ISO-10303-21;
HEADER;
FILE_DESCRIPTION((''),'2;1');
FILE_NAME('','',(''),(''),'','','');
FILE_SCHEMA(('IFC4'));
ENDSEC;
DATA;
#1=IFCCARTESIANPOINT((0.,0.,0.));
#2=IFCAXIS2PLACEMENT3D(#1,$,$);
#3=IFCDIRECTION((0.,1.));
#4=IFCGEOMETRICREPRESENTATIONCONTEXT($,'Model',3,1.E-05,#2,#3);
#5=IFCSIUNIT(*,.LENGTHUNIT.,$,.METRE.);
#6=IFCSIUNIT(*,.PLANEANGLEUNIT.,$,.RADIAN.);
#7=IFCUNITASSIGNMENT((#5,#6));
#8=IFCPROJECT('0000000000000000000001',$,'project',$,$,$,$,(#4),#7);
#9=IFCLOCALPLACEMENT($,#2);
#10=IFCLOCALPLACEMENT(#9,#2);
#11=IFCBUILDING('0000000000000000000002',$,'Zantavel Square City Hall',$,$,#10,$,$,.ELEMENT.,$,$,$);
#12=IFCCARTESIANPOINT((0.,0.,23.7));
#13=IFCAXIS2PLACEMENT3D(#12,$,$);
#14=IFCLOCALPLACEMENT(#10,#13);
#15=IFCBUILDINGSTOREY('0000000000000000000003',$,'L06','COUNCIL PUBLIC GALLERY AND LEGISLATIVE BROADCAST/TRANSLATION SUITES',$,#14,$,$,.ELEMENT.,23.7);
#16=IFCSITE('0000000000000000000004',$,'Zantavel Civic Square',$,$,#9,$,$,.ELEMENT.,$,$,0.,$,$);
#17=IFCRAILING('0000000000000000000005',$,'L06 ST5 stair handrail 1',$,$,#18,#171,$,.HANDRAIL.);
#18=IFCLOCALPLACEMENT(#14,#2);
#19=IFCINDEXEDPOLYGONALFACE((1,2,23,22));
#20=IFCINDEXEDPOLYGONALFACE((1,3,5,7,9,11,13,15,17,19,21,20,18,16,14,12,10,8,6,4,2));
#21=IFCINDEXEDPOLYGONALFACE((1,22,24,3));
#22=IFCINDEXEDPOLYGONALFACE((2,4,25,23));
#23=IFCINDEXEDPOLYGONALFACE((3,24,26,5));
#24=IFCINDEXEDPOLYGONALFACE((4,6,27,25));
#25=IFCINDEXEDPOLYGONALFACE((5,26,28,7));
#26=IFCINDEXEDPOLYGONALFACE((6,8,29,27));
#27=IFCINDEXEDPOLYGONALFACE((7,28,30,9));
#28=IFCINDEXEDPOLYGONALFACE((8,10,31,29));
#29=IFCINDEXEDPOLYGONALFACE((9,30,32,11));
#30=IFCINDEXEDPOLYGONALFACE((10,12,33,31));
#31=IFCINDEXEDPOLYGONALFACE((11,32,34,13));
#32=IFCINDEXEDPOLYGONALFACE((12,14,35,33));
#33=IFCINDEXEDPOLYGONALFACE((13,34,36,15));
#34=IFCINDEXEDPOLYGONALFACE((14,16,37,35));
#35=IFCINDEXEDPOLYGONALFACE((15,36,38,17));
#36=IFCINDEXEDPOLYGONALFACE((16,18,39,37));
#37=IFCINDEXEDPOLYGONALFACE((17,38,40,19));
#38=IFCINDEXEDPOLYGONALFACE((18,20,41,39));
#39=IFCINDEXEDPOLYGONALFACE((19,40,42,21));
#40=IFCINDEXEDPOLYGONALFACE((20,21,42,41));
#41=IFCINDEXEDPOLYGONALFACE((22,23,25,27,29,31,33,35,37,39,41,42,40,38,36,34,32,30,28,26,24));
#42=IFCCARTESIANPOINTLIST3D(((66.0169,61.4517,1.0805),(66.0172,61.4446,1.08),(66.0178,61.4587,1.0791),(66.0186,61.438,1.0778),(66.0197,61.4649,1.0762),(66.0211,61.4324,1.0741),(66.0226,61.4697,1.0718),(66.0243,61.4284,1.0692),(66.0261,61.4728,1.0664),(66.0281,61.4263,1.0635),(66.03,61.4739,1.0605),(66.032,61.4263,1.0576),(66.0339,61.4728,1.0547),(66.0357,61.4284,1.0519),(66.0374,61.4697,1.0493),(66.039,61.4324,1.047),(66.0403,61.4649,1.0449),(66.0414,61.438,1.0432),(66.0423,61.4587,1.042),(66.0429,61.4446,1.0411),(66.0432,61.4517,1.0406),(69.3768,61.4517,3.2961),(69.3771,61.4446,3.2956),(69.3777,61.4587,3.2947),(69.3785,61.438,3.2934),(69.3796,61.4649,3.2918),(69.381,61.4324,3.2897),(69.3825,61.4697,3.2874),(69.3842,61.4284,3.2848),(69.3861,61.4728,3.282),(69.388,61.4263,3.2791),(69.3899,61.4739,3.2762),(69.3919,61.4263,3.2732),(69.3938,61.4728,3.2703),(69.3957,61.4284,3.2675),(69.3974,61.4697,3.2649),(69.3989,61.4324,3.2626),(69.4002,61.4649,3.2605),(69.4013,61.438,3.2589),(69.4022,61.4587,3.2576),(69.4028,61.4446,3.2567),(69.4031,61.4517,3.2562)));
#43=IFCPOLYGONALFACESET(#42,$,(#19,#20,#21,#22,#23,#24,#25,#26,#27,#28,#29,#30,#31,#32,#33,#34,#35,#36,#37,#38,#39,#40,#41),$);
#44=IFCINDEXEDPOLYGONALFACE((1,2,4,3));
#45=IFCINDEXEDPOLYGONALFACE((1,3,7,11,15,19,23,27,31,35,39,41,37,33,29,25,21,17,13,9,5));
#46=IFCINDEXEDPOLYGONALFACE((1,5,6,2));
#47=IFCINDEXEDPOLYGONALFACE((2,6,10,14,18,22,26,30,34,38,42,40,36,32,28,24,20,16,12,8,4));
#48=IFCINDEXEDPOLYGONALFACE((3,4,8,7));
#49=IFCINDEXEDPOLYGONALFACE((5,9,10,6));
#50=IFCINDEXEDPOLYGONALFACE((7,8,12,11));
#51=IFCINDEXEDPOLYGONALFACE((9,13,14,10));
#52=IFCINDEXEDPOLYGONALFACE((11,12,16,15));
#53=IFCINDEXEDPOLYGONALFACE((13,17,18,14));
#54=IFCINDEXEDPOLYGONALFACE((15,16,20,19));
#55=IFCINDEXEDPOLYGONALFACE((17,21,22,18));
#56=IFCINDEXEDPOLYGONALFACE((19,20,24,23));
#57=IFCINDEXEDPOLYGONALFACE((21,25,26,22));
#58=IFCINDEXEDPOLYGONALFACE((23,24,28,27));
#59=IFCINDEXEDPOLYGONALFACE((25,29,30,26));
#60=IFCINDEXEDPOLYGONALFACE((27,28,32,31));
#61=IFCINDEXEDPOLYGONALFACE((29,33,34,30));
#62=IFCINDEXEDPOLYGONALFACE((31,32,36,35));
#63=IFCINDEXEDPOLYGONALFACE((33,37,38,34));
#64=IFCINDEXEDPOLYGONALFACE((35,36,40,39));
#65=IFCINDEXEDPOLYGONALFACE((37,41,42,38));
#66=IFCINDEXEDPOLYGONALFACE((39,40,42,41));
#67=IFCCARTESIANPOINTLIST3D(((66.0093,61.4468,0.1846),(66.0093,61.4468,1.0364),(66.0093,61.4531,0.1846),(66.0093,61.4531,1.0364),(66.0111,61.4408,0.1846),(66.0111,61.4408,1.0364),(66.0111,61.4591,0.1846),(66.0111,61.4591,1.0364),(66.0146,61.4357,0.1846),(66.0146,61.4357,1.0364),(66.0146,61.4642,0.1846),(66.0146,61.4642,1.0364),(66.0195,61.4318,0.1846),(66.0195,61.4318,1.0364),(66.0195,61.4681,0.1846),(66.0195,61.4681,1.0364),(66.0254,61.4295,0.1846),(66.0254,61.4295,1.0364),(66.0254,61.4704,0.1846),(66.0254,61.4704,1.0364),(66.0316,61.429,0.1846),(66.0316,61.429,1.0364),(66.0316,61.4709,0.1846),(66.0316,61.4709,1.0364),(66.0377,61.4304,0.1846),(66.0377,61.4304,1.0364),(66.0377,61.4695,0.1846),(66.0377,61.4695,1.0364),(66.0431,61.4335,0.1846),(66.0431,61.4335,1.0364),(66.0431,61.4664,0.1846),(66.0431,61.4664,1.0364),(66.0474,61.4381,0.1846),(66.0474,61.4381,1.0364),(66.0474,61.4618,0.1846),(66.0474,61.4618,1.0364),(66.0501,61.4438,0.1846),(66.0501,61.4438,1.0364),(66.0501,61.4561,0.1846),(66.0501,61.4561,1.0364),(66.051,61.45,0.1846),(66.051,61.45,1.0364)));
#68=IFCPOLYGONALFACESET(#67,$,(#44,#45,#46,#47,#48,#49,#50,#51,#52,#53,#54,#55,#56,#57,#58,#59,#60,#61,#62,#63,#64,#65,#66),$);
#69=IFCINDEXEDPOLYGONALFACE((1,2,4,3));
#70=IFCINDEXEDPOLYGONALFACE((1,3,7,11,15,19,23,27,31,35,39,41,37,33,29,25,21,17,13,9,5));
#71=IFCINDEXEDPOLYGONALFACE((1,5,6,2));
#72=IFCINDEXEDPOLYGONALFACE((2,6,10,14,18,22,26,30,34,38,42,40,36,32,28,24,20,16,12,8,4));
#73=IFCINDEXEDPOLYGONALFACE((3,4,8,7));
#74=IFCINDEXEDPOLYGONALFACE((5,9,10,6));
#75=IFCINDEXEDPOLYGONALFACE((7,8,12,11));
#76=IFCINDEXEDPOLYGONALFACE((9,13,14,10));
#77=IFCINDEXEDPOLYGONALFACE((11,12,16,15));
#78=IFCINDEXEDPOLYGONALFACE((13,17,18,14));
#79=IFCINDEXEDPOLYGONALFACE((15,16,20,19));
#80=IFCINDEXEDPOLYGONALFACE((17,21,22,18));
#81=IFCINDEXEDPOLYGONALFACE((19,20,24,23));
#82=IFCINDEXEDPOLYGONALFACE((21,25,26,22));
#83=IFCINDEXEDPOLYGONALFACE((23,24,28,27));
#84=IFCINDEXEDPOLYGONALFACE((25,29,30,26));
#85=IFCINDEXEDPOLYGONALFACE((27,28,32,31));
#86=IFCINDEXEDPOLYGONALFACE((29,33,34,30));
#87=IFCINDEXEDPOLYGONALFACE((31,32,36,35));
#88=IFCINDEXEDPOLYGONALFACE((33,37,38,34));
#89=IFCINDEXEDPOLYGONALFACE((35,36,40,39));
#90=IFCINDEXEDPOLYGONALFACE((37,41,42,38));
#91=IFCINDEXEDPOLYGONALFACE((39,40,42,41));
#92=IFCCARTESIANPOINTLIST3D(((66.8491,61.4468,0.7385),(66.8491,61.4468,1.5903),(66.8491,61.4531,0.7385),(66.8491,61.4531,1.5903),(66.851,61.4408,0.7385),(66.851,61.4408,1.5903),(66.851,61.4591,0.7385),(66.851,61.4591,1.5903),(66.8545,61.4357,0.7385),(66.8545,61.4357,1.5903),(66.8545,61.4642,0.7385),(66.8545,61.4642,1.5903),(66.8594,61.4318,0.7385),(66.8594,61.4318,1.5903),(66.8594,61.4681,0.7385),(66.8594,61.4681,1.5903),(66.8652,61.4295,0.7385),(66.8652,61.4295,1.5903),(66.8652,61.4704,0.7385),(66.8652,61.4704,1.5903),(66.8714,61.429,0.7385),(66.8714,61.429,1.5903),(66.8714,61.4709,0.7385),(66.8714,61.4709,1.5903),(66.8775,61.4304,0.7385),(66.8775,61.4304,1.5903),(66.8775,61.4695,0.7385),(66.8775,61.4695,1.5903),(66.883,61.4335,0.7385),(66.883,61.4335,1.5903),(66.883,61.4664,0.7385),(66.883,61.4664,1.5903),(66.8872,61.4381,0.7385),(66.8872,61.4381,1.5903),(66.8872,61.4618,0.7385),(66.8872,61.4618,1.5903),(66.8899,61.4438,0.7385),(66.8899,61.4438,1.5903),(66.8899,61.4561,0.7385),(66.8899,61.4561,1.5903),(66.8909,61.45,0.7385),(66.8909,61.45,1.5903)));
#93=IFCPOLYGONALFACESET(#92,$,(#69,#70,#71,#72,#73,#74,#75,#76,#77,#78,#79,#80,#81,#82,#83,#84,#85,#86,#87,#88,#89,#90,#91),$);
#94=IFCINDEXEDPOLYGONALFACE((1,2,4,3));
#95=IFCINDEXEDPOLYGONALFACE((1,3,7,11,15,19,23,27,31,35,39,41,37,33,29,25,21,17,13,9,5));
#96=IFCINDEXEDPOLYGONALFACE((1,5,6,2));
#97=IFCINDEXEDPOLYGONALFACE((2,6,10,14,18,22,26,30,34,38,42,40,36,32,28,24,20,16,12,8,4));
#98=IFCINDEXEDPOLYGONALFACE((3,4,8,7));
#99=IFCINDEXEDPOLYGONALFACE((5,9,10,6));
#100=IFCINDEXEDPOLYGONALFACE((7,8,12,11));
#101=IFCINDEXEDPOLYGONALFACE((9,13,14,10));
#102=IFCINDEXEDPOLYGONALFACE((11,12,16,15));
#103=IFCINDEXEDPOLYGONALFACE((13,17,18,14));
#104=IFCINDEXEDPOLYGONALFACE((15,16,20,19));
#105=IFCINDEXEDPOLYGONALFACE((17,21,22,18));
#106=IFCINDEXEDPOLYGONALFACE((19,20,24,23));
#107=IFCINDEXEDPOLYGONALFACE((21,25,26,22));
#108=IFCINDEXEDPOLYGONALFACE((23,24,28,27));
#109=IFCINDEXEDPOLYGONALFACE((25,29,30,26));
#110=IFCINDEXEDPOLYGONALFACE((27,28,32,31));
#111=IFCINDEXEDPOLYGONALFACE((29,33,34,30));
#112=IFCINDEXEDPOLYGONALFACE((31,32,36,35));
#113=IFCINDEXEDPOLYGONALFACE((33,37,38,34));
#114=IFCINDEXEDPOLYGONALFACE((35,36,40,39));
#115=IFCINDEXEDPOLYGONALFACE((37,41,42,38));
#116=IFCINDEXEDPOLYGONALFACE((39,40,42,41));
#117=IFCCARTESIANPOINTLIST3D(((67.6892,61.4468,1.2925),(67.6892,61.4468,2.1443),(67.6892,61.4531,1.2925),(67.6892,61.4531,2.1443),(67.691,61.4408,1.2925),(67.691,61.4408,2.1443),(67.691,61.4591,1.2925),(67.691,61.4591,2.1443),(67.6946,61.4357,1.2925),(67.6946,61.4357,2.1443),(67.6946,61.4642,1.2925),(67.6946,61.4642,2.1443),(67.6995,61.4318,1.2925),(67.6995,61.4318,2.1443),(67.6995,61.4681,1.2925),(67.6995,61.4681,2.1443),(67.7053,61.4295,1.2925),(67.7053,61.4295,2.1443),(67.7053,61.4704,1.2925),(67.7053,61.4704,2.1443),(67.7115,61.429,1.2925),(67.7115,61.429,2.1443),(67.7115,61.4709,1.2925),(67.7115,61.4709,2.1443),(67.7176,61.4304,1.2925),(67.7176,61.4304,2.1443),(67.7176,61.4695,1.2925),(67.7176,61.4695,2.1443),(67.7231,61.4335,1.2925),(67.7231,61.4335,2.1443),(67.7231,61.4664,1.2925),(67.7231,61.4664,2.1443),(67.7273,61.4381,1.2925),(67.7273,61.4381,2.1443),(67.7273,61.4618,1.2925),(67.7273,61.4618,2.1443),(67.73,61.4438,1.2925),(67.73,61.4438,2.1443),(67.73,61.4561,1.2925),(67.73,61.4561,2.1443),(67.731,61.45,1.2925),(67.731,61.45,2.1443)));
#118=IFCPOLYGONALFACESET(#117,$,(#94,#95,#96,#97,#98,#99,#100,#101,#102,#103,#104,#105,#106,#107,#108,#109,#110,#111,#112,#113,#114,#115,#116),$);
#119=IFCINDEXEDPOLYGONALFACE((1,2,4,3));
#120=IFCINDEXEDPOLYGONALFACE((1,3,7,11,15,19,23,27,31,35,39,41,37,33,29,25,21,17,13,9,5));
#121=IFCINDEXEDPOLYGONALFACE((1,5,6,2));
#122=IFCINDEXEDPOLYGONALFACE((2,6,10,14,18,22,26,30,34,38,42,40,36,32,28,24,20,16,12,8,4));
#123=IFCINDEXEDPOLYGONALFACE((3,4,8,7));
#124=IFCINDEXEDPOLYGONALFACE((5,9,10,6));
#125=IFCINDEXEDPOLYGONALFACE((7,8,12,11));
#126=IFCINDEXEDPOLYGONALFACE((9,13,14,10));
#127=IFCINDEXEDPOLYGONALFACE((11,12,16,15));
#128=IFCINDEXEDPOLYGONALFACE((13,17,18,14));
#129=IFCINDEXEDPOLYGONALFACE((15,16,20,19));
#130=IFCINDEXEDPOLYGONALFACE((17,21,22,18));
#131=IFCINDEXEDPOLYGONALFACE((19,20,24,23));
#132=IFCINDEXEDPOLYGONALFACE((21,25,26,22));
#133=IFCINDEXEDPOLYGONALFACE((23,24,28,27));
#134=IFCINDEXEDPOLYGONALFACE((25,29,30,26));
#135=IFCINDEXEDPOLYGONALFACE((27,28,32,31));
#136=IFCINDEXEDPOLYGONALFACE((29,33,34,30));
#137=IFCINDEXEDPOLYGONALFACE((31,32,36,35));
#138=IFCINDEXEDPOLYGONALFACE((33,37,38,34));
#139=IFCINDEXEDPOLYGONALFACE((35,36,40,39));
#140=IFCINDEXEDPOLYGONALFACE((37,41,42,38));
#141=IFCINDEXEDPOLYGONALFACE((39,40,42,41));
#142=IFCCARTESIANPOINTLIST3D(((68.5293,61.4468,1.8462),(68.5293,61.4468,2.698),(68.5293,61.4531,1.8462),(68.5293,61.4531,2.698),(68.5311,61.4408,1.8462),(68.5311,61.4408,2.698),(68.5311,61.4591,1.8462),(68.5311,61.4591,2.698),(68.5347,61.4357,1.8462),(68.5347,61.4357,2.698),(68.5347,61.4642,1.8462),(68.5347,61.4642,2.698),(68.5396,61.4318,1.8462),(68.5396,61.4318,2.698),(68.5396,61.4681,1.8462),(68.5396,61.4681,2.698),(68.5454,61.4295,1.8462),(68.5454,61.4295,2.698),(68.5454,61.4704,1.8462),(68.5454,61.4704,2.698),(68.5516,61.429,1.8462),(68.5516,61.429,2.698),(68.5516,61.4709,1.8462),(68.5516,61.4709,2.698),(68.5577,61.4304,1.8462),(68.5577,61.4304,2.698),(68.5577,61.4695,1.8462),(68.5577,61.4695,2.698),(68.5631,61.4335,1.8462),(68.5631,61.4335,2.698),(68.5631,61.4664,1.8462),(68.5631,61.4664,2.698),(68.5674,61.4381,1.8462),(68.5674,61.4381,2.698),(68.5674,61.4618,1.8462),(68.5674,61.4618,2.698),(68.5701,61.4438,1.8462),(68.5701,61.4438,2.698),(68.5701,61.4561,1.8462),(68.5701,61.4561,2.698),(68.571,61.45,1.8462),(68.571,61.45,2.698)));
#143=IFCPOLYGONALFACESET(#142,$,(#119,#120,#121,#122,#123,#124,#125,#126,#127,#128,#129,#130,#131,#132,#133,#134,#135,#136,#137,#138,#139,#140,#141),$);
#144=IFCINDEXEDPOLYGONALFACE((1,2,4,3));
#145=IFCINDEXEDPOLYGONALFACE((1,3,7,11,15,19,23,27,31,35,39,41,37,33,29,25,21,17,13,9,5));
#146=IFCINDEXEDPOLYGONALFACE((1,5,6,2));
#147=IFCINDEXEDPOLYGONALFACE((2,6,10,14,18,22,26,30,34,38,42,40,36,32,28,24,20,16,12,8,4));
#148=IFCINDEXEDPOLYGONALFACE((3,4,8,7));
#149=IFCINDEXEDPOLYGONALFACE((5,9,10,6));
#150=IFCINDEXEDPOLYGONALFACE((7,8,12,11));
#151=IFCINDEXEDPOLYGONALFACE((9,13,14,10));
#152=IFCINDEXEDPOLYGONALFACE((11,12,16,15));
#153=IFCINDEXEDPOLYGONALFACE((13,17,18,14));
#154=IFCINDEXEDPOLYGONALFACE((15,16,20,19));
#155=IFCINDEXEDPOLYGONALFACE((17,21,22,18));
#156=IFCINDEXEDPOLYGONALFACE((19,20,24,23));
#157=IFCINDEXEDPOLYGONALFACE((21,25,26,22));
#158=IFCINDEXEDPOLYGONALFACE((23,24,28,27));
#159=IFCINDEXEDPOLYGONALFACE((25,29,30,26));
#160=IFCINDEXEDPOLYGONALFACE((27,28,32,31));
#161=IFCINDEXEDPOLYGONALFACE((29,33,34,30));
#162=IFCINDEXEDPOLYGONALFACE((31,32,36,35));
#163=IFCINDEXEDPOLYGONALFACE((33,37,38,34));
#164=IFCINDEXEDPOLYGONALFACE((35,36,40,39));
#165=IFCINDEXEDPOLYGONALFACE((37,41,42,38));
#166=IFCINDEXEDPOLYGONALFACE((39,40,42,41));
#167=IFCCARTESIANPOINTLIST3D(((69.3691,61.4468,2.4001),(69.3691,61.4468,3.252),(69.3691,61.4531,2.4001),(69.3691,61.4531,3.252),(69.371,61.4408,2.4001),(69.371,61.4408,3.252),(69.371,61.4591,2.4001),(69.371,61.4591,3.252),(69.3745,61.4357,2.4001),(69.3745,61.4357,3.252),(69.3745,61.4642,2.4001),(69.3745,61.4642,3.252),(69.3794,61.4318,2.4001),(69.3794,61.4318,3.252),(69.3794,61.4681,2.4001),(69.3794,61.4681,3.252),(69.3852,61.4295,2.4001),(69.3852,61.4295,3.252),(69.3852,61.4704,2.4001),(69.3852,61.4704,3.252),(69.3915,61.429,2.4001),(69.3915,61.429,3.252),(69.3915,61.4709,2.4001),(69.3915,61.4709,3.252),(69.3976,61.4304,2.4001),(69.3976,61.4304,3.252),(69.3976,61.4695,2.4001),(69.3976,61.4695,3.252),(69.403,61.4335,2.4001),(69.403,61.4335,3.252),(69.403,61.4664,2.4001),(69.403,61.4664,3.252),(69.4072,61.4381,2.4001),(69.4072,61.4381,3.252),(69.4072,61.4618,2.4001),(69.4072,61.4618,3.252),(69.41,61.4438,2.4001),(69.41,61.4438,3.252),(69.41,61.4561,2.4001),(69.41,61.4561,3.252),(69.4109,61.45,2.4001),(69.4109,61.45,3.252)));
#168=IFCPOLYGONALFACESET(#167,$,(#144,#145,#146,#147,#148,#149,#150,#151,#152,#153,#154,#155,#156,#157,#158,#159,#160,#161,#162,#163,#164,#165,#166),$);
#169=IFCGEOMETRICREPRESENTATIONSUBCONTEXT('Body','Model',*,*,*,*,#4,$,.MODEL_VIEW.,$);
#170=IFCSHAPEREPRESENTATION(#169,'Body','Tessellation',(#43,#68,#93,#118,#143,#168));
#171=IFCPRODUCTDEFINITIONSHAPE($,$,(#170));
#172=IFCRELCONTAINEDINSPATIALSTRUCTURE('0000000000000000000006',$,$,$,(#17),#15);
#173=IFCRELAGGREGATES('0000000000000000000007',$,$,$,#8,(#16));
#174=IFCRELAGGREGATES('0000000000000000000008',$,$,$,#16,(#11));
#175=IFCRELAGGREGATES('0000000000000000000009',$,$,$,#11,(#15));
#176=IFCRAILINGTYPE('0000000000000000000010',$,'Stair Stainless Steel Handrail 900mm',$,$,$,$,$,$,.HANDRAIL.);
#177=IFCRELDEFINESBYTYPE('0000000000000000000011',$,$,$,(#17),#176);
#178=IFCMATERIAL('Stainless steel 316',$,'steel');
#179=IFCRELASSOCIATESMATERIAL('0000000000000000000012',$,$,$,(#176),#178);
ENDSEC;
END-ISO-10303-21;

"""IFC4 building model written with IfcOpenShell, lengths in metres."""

from ifc_helpers import new_model, si_unit, direction, frame, origin, origin_2d, place, context, subcontext, project, spatial, circle, extrude, material, type_object, element, save


model = new_model("IFC4")

# Units and contexts
model_context = context("Model", 3, precision=1e-05, world=origin(), true_north=direction((0.0, 1.0)))
body_context = subcontext(model_context, "Body", "Model", "MODEL_VIEW")
ifc_project = project(units=[si_unit("LENGTHUNIT", "METRE"), si_unit("PLANEANGLEUNIT", "RADIAN")], contexts=[model_context])

# Site, building, storey
site_placement = place(None, origin())
site = spatial("IfcSite", under=ifc_project, at=site_placement, Name="Zantavel Civic Square", CompositionType="ELEMENT", RefElevation=0.0)
building_placement = place(site_placement, origin())
building = spatial("IfcBuilding", under=site, at=building_placement, Name="Zantavel Square City Hall", CompositionType="ELEMENT")
storey_placement = place(building_placement, frame((0.0, 0.0, 23.7)))
storey = spatial("IfcBuildingStorey", under=building, at=storey_placement, Name="L06", Description="COUNCIL PUBLIC GALLERY AND LEGISLATIVE BROADCAST/TRANSLATION SUITES", CompositionType="ELEMENT", Elevation=23.7)

# Railing
ifc_material_1 = material(Name="Stainless steel 316", Category="steel")
railing_type_1 = type_object("IfcRailingType", Name="Stair Stainless Steel Handrail 900mm", PredefinedType="HANDRAIL", material=ifc_material_1)
railing_1_placement = place(storey_placement, frame((66.03, 61.45, 0.1846)))
element("IfcRailing", 1, at=railing_1_placement, inside=storey, type_object=railing_type_1, Name="L06 ST5 stair handrail 1", PredefinedType="HANDRAIL", context=body_context, shape_type="SweptSolid", body=[
    extrude(circle(Radius=0.0239, at=origin_2d()), frame((0.0, 0.0, 0.876), z_axis=(0.83483, 0.0, 0.550508), x_axis=(0.0, 1.0, 0.0)), (0.0, 0.0, 1.0), 4.0247),
    extrude(circle(Radius=0.021, at=origin_2d()), origin(), (0.0, 0.0, 1.0), 0.8518),
    extrude(circle(Radius=0.021, at=origin_2d()), frame((0.8398, 0.0, 0.554)), (0.0, 0.0, 1.0), 0.8518),
    extrude(circle(Radius=0.021, at=origin_2d()), frame((1.6799, 0.0, 1.1079)), (0.0, 0.0, 1.0), 0.8518),
    extrude(circle(Radius=0.021, at=origin_2d()), frame((2.52, 0.0, 1.6616)), (0.0, 0.0, 1.0), 0.8518),
    extrude(circle(Radius=0.021, at=origin_2d()), frame((3.3599, 0.0, 2.2156)), (0.0, 0.0, 1.0), 0.8518),
])

save(model, "model.ifc")
